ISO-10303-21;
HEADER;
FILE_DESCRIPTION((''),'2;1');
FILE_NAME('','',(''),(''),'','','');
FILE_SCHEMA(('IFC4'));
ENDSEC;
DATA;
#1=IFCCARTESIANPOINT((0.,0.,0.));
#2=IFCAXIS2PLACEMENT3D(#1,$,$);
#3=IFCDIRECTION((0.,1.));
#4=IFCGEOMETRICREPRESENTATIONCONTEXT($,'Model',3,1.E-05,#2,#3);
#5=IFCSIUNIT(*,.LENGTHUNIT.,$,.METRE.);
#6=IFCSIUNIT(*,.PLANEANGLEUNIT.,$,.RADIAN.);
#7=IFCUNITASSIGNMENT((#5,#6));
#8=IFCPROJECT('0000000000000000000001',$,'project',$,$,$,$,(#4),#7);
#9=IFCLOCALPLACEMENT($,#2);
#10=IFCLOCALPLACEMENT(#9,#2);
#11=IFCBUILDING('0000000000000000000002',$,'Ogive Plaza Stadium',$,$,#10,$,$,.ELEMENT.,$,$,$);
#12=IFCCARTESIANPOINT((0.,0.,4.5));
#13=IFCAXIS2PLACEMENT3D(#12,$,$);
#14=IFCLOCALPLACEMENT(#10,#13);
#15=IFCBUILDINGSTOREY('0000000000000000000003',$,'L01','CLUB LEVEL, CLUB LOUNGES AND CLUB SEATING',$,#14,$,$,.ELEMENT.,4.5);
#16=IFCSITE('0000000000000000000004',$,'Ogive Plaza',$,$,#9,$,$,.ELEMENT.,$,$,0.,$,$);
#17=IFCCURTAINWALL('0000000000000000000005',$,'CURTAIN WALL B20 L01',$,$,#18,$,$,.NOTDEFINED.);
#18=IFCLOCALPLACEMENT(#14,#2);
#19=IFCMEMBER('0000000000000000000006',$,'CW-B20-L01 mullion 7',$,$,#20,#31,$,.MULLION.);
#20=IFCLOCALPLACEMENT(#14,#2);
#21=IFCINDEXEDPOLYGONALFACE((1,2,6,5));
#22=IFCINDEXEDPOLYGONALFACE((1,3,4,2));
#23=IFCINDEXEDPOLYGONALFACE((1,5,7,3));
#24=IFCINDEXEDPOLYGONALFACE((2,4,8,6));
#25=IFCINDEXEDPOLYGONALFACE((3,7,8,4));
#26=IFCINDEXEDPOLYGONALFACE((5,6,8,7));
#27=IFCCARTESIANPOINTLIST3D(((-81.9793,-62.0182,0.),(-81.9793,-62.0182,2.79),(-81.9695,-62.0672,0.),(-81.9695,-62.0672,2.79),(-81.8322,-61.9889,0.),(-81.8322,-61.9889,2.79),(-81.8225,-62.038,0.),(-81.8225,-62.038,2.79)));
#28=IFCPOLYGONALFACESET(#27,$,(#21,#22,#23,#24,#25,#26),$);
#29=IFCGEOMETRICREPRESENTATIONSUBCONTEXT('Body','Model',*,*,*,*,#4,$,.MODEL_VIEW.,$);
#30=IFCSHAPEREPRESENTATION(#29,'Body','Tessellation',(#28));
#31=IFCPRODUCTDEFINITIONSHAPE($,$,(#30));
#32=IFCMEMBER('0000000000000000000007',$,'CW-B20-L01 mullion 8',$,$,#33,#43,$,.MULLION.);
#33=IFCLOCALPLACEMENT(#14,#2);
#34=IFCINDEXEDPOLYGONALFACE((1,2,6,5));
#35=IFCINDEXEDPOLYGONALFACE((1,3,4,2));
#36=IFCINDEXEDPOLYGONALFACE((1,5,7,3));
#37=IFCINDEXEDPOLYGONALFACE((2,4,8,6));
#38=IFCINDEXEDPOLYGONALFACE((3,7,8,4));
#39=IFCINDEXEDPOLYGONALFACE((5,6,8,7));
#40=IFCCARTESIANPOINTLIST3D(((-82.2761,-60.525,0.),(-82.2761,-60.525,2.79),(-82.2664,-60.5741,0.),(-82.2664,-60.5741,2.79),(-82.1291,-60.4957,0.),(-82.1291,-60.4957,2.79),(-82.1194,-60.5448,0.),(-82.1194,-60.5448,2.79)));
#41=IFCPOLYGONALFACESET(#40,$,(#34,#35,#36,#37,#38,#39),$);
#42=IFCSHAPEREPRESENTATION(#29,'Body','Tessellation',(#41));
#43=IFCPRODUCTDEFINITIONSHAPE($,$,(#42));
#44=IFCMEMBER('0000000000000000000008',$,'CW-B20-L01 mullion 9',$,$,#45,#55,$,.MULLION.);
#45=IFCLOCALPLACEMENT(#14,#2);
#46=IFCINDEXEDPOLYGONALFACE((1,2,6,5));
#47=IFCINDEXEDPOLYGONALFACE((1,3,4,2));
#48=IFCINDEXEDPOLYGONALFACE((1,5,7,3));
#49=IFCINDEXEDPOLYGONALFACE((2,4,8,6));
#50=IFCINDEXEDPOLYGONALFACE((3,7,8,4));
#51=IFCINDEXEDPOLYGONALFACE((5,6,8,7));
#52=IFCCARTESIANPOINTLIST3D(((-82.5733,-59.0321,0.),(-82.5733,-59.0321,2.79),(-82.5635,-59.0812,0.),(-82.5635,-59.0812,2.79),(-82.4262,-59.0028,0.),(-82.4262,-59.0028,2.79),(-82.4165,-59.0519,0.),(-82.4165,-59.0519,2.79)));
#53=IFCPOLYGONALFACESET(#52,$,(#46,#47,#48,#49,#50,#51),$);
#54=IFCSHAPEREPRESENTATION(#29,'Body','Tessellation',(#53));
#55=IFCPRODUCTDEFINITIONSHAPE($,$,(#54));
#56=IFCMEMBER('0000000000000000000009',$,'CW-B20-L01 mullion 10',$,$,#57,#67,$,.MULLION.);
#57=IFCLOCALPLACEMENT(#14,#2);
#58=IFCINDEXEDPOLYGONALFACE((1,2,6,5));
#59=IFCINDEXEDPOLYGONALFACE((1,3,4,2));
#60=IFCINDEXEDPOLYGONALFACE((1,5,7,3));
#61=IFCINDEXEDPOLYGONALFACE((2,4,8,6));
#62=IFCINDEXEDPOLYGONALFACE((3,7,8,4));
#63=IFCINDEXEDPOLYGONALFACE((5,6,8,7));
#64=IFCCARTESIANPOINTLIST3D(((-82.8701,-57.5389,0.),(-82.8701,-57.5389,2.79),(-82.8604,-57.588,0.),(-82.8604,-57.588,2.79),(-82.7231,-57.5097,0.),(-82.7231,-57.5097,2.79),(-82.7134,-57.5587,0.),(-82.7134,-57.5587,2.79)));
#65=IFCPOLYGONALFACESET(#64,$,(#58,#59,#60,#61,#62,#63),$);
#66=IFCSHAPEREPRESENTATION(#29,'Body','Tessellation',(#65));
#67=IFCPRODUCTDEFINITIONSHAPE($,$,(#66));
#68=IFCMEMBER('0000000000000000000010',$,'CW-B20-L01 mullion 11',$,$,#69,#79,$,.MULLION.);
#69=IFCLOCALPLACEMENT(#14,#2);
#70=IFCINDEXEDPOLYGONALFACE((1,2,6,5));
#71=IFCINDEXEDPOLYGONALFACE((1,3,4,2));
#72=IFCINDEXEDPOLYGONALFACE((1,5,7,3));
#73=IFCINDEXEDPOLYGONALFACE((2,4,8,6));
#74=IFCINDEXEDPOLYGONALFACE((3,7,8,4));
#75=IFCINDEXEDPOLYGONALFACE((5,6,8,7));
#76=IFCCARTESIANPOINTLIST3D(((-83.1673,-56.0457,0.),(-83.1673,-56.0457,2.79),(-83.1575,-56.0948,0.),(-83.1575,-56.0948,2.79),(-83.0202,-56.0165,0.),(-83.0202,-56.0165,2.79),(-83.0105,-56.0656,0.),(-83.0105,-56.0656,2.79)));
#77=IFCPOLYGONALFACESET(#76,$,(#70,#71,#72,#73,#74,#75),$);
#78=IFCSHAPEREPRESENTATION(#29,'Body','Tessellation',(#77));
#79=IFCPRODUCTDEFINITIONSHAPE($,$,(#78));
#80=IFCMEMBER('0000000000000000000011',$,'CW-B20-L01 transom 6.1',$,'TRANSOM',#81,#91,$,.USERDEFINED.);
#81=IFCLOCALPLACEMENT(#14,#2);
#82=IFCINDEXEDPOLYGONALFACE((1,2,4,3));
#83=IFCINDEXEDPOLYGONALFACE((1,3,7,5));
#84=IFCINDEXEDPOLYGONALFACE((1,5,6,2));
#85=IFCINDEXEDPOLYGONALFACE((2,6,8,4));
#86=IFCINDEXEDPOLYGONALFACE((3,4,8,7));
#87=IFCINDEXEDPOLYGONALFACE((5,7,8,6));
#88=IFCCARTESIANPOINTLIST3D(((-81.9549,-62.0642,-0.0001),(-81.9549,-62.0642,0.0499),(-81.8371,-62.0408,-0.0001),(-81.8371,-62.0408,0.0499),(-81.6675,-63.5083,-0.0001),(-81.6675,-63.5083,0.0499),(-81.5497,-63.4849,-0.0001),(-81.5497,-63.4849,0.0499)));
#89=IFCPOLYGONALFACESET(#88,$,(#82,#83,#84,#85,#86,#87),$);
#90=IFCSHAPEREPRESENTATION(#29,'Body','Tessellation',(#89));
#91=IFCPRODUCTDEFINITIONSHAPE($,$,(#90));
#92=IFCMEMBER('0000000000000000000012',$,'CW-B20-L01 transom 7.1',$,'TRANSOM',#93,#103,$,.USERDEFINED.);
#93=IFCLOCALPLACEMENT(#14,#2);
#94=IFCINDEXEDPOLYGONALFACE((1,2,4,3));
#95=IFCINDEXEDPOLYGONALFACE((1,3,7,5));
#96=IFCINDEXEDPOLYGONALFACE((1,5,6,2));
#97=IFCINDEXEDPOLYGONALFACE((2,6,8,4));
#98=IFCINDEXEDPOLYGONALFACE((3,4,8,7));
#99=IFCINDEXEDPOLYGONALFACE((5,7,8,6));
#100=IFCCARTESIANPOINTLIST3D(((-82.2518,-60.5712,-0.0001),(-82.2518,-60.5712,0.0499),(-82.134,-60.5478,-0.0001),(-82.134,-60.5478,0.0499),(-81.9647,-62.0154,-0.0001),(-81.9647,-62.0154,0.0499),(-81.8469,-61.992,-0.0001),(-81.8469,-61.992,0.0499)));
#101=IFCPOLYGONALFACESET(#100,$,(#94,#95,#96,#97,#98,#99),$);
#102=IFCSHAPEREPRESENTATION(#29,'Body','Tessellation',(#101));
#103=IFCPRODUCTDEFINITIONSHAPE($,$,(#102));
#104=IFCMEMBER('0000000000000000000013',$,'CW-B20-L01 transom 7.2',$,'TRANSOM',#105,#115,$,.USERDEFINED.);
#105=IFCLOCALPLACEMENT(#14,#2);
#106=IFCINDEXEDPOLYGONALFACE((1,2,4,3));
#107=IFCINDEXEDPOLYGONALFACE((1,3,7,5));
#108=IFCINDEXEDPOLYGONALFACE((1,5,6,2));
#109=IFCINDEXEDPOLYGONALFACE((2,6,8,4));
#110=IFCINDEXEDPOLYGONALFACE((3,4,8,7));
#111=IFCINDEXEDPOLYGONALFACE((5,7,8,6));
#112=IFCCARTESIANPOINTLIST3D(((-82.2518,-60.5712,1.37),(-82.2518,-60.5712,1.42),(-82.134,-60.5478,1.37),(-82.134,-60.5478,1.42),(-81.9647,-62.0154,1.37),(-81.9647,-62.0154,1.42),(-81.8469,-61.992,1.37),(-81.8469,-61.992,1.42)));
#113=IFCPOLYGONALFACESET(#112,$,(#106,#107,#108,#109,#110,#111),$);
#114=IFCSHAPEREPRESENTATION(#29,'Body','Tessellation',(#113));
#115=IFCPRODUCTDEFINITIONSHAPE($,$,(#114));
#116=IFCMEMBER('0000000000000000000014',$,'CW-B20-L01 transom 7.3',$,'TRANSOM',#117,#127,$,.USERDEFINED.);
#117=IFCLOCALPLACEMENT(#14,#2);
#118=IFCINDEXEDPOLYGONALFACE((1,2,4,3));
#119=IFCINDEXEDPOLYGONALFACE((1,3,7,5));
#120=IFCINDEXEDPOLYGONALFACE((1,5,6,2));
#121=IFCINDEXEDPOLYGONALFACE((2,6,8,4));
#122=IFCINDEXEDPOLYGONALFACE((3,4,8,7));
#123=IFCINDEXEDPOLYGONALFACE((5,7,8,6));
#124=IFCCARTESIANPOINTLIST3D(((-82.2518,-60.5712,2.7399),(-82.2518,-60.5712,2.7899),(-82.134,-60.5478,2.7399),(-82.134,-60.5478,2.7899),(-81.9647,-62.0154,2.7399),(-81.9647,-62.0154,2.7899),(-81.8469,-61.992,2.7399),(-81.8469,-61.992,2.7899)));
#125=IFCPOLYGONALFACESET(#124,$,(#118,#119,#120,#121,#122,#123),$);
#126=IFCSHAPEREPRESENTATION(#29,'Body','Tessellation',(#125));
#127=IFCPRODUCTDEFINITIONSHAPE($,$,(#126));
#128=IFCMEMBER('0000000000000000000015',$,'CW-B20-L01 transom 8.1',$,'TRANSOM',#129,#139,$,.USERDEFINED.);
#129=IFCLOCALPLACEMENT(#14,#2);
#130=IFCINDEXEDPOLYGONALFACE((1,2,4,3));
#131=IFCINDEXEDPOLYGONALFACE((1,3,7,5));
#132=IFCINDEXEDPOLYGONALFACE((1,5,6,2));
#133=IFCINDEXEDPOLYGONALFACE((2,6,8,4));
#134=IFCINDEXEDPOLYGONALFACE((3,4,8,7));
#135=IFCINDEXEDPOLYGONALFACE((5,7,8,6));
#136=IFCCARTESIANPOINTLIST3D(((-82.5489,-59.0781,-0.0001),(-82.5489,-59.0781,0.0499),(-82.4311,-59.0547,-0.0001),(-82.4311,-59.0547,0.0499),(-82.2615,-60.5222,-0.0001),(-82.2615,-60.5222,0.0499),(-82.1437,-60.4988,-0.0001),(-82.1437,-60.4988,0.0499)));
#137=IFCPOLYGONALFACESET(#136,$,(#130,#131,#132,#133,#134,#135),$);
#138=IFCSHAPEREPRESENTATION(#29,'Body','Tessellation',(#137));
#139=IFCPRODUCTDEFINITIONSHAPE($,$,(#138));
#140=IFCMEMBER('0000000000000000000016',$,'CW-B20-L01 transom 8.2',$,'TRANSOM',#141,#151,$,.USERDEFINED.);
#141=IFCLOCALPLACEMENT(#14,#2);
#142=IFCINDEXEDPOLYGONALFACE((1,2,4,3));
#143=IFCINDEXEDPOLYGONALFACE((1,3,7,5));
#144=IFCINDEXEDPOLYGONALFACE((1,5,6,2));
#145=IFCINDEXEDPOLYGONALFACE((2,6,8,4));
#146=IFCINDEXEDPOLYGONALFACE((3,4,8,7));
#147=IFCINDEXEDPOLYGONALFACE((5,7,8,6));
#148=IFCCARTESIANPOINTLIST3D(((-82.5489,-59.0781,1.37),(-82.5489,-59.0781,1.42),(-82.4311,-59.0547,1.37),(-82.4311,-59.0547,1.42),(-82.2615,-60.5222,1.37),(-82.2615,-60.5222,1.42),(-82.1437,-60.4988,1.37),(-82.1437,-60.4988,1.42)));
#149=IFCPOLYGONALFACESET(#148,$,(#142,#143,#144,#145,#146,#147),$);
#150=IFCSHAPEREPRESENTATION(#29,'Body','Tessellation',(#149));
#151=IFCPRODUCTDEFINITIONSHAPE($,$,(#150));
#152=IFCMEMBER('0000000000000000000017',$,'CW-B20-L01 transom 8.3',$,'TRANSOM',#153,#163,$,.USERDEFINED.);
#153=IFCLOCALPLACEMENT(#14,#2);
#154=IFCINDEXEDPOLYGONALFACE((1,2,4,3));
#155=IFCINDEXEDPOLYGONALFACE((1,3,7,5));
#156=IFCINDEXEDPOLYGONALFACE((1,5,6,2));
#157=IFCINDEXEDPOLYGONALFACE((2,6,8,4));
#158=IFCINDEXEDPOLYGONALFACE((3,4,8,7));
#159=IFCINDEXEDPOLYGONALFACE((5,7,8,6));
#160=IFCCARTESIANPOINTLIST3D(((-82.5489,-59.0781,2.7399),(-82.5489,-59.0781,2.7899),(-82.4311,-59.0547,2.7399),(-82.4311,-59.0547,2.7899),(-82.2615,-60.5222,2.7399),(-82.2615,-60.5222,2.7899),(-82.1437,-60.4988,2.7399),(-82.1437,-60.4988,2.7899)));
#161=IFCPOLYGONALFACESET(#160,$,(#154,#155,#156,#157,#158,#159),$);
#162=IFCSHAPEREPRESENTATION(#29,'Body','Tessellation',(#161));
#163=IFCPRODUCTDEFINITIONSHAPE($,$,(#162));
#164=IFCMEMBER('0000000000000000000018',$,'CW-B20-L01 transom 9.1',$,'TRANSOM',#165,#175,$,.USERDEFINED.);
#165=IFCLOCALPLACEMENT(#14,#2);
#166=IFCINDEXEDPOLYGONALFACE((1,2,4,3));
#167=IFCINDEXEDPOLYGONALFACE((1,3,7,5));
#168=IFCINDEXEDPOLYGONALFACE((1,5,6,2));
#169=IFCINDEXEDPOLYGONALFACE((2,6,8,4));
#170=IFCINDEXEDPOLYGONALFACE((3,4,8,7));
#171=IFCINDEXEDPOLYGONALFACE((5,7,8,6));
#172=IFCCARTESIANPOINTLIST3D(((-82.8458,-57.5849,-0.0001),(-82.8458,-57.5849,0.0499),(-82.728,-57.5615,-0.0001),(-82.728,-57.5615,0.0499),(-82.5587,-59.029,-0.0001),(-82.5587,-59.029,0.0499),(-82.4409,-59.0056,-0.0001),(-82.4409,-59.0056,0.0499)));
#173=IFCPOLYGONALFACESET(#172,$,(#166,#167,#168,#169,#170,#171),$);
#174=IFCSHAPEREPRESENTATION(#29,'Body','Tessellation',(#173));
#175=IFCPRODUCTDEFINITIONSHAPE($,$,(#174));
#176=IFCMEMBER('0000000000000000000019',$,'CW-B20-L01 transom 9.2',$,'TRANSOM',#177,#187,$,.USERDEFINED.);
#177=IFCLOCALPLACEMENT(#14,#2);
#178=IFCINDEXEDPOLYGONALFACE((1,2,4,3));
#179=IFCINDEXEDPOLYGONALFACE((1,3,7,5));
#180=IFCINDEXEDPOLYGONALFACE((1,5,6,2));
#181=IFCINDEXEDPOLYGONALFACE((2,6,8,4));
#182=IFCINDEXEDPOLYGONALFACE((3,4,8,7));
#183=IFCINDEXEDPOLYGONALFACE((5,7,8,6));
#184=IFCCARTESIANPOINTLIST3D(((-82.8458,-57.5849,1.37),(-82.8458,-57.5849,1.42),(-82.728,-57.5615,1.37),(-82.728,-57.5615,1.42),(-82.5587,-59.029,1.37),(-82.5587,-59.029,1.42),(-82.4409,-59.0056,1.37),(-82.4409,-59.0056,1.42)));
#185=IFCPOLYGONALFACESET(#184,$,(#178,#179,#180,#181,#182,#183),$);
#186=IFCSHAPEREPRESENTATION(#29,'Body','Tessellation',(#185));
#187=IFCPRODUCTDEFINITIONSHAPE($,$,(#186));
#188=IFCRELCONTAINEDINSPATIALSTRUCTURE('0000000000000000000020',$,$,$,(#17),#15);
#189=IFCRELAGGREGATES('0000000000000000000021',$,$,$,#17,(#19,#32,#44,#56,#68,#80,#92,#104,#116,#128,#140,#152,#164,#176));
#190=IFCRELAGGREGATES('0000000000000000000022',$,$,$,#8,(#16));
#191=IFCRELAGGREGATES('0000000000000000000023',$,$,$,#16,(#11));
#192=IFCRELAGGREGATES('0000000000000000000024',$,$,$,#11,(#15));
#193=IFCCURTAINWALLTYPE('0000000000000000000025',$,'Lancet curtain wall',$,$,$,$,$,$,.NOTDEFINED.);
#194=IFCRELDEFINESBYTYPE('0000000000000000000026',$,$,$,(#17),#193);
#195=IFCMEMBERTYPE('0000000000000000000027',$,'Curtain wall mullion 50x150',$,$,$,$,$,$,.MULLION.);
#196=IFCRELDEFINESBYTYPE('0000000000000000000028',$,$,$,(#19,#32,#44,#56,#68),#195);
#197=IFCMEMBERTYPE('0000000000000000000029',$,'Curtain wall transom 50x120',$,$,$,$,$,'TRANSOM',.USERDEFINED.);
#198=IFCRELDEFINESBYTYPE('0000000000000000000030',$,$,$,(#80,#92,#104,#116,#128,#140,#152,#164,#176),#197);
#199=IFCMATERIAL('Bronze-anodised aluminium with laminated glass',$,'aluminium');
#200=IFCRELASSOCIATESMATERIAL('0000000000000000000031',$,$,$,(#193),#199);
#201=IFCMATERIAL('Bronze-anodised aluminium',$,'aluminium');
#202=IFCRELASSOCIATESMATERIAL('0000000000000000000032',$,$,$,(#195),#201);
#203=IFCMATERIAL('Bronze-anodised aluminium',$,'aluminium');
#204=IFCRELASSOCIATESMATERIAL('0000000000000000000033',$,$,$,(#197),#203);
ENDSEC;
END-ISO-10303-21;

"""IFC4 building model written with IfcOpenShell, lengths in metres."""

from ifc_helpers import new_model, si_unit, direction, frame, origin, origin_2d, place, context, subcontext, project, spatial, rectangle, extrude, material, material_profile, profile_set, type_object, element, aggregate, save


model = new_model("IFC4")

# Units and contexts
model_context = context("Model", 3, precision=1e-05, world=origin(), true_north=direction((0.0, 1.0)))
body_context = subcontext(model_context, "Body", "Model", "MODEL_VIEW")
ifc_project = project(units=[si_unit("LENGTHUNIT", "METRE"), si_unit("PLANEANGLEUNIT", "RADIAN")], contexts=[model_context])

# Site, building, storey
site_placement = place(None, origin())
site = spatial("IfcSite", under=ifc_project, at=site_placement, Name="Ogive Plaza", CompositionType="ELEMENT", RefElevation=0.0)
building_placement = place(site_placement, origin())
building = spatial("IfcBuilding", under=site, at=building_placement, Name="Ogive Plaza Stadium", CompositionType="ELEMENT")
storey_placement = place(building_placement, frame((0.0, 0.0, 4.5)))
storey = spatial("IfcBuildingStorey", under=building, at=storey_placement, Name="L01", Description="CLUB LEVEL, CLUB LOUNGES AND CLUB SEATING", CompositionType="ELEMENT", Elevation=4.5)

# Curtain wall, members
ifc_material_1 = material(Name="Bronze-anodised aluminium with laminated glass", Category="aluminium")
curtain_wall_type = type_object("IfcCurtainWallType", Name="Lancet curtain wall", PredefinedType="NOTDEFINED", material=ifc_material_1)
curtain_wall_placement = place(storey_placement, origin())
curtain_wall = element("IfcCurtainWall", 1, at=curtain_wall_placement, inside=storey, type_object=curtain_wall_type, Name="CURTAIN WALL B20 L01", PredefinedType="NOTDEFINED")
ifc_material_2 = material(Name="Bronze-anodised aluminium", Category="aluminium")
ifc_material_profile_1 = material_profile(ifc_material_2, rectangle(XDim=0.1499, YDim=0.05, at=origin_2d()), Name="AL 150x50")
ifc_profile_set_1 = profile_set([ifc_material_profile_1], Name="Bronze-anodised aluminium")
member_type_1 = type_object("IfcMemberType", Name="Curtain wall mullion 50x150", PredefinedType="MULLION", material=ifc_profile_set_1)
member_1_placement = place(storey_placement, frame((-81.9009, -62.0281, 0.0), z_axis=(0.0, 0.0, 1.0), x_axis=(-0.980785, -0.19509, 0.0)))
member_1 = element("IfcMember", 2, at=member_1_placement, type_object=member_type_1, Name="CW-B20-L01 mullion 7", PredefinedType="MULLION", context=body_context, shape_type="SweptSolid", body=[
    extrude(rectangle(XDim=0.1499, YDim=0.05, at=origin_2d()), origin(), (0.0, 0.0, 1.0), 2.79),
])
member_2_placement = place(storey_placement, frame((-82.1978, -60.5349, 0.0), z_axis=(0.0, 0.0, 1.0), x_axis=(-0.980785, -0.19509, 0.0)))
member_2 = element("IfcMember", 3, at=member_2_placement, type_object=member_type_1, Name="CW-B20-L01 mullion 8", PredefinedType="MULLION", context=body_context, shape_type="SweptSolid", body=[
    extrude(rectangle(XDim=0.1499, YDim=0.05, at=origin_2d()), origin(), (0.0, 0.0, 1.0), 2.79),
])
member_3_placement = place(storey_placement, frame((-82.4949, -59.042, 0.0), z_axis=(0.0, 0.0, 1.0), x_axis=(-0.980785, -0.19509, 0.0)))
member_3 = element("IfcMember", 4, at=member_3_placement, type_object=member_type_1, Name="CW-B20-L01 mullion 9", PredefinedType="MULLION", context=body_context, shape_type="SweptSolid", body=[
    extrude(rectangle(XDim=0.1499, YDim=0.05, at=origin_2d()), origin(), (0.0, 0.0, 1.0), 2.79),
])
member_4_placement = place(storey_placement, frame((-82.7917, -57.5488, 0.0), z_axis=(0.0, 0.0, 1.0), x_axis=(-0.980785, -0.19509, 0.0)))
member_4 = element("IfcMember", 5, at=member_4_placement, type_object=member_type_1, Name="CW-B20-L01 mullion 10", PredefinedType="MULLION", context=body_context, shape_type="SweptSolid", body=[
    extrude(rectangle(XDim=0.1499, YDim=0.05, at=origin_2d()), origin(), (0.0, 0.0, 1.0), 2.79),
])
member_5_placement = place(storey_placement, frame((-83.0889, -56.0557, 0.0), z_axis=(0.0, 0.0, 1.0), x_axis=(-0.980785, -0.19509, 0.0)))
member_5 = element("IfcMember", 6, at=member_5_placement, type_object=member_type_1, Name="CW-B20-L01 mullion 11", PredefinedType="MULLION", context=body_context, shape_type="SweptSolid", body=[
    extrude(rectangle(XDim=0.1499, YDim=0.05, at=origin_2d()), origin(), (0.0, 0.0, 1.0), 2.79),
])
ifc_material_3 = material(Name="Bronze-anodised aluminium", Category="aluminium")
ifc_material_profile_2 = material_profile(ifc_material_3, rectangle(XDim=0.1201, YDim=0.05, at=origin_2d()), Name="AL 120x50")
ifc_profile_set_2 = profile_set([ifc_material_profile_2], Name="Bronze-anodised aluminium")
member_type_2 = type_object("IfcMemberType", Name="Curtain wall transom 50x120", ElementType="TRANSOM", PredefinedType="USERDEFINED", material=ifc_profile_set_2)
member_6_placement = place(storey_placement, frame((-81.6086, -63.4966, 0.0249), z_axis=(-0.195159, 0.980772, 0.0), x_axis=(-0.980772, -0.195159, 0.0)))
member_6 = element("IfcMember", 7, at=member_6_placement, type_object=member_type_2, Name="CW-B20-L01 transom 6.1", ObjectType="TRANSOM", PredefinedType="USERDEFINED", context=body_context, shape_type="SweptSolid", body=[
    extrude(rectangle(XDim=0.1201, YDim=0.05, at=origin_2d()), origin(), (0.0, 0.0, 1.0), 1.4724),
])
member_7_placement = place(storey_placement, frame((-81.9058, -62.0037, 0.0249), z_axis=(-0.195, 0.980803, 0.0), x_axis=(-0.980803, -0.195, 0.0)))
member_7 = element("IfcMember", 8, at=member_7_placement, type_object=member_type_2, Name="CW-B20-L01 transom 7.1", ObjectType="TRANSOM", PredefinedType="USERDEFINED", context=body_context, shape_type="SweptSolid", body=[
    extrude(rectangle(XDim=0.1201, YDim=0.05, at=origin_2d()), origin(), (0.0, 0.0, 1.0), 1.4724),
])
member_8_placement = place(storey_placement, frame((-81.9058, -62.0037, 1.395), z_axis=(-0.195, 0.980803, 0.0), x_axis=(-0.980803, -0.195, 0.0)))
member_8 = element("IfcMember", 9, at=member_8_placement, type_object=member_type_2, Name="CW-B20-L01 transom 7.2", ObjectType="TRANSOM", PredefinedType="USERDEFINED", context=body_context, shape_type="SweptSolid", body=[
    extrude(rectangle(XDim=0.1201, YDim=0.05, at=origin_2d()), origin(), (0.0, 0.0, 1.0), 1.4724),
])
member_9_placement = place(storey_placement, frame((-81.9058, -62.0037, 2.7649), z_axis=(-0.195, 0.980803, 0.0), x_axis=(-0.980803, -0.195, 0.0)))
member_9 = element("IfcMember", 10, at=member_9_placement, type_object=member_type_2, Name="CW-B20-L01 transom 7.3", ObjectType="TRANSOM", PredefinedType="USERDEFINED", context=body_context, shape_type="SweptSolid", body=[
    extrude(rectangle(XDim=0.1201, YDim=0.05, at=origin_2d()), origin(), (0.0, 0.0, 1.0), 1.4724),
])
member_10_placement = place(storey_placement, frame((-82.2026, -60.5105, 0.0249), z_axis=(-0.195159, 0.980772, 0.0), x_axis=(-0.980772, -0.195159, 0.0)))
member_10 = element("IfcMember", 11, at=member_10_placement, type_object=member_type_2, Name="CW-B20-L01 transom 8.1", ObjectType="TRANSOM", PredefinedType="USERDEFINED", context=body_context, shape_type="SweptSolid", body=[
    extrude(rectangle(XDim=0.1201, YDim=0.05, at=origin_2d()), origin(), (0.0, 0.0, 1.0), 1.4724),
])
member_11_placement = place(storey_placement, frame((-82.2026, -60.5105, 1.395), z_axis=(-0.195159, 0.980772, 0.0), x_axis=(-0.980772, -0.195159, 0.0)))
member_11 = element("IfcMember", 12, at=member_11_placement, type_object=member_type_2, Name="CW-B20-L01 transom 8.2", ObjectType="TRANSOM", PredefinedType="USERDEFINED", context=body_context, shape_type="SweptSolid", body=[
    extrude(rectangle(XDim=0.1201, YDim=0.05, at=origin_2d()), origin(), (0.0, 0.0, 1.0), 1.4724),
])
member_12_placement = place(storey_placement, frame((-82.2026, -60.5105, 2.7649), z_axis=(-0.195159, 0.980772, 0.0), x_axis=(-0.980772, -0.195159, 0.0)))
member_12 = element("IfcMember", 13, at=member_12_placement, type_object=member_type_2, Name="CW-B20-L01 transom 8.3", ObjectType="TRANSOM", PredefinedType="USERDEFINED", context=body_context, shape_type="SweptSolid", body=[
    extrude(rectangle(XDim=0.1201, YDim=0.05, at=origin_2d()), origin(), (0.0, 0.0, 1.0), 1.4724),
])
member_13_placement = place(storey_placement, frame((-82.4998, -59.0173, 0.0249), z_axis=(-0.195, 0.980803, 0.0), x_axis=(-0.980803, -0.195, 0.0)))
member_13 = element("IfcMember", 14, at=member_13_placement, type_object=member_type_2, Name="CW-B20-L01 transom 9.1", ObjectType="TRANSOM", PredefinedType="USERDEFINED", context=body_context, shape_type="SweptSolid", body=[
    extrude(rectangle(XDim=0.1201, YDim=0.05, at=origin_2d()), origin(), (0.0, 0.0, 1.0), 1.4724),
])
member_14_placement = place(storey_placement, frame((-82.4998, -59.0173, 1.395), z_axis=(-0.195, 0.980803, 0.0), x_axis=(-0.980803, -0.195, 0.0)))
member_14 = element("IfcMember", 15, at=member_14_placement, type_object=member_type_2, Name="CW-B20-L01 transom 9.2", ObjectType="TRANSOM", PredefinedType="USERDEFINED", context=body_context, shape_type="SweptSolid", body=[
    extrude(rectangle(XDim=0.1201, YDim=0.05, at=origin_2d()), origin(), (0.0, 0.0, 1.0), 1.4724),
])
aggregate(curtain_wall, [member_1, member_2, member_3, member_4, member_5, member_6, member_7, member_8, member_9, member_10, member_11, member_12, member_13, member_14])

save(model, "model.ifc")
